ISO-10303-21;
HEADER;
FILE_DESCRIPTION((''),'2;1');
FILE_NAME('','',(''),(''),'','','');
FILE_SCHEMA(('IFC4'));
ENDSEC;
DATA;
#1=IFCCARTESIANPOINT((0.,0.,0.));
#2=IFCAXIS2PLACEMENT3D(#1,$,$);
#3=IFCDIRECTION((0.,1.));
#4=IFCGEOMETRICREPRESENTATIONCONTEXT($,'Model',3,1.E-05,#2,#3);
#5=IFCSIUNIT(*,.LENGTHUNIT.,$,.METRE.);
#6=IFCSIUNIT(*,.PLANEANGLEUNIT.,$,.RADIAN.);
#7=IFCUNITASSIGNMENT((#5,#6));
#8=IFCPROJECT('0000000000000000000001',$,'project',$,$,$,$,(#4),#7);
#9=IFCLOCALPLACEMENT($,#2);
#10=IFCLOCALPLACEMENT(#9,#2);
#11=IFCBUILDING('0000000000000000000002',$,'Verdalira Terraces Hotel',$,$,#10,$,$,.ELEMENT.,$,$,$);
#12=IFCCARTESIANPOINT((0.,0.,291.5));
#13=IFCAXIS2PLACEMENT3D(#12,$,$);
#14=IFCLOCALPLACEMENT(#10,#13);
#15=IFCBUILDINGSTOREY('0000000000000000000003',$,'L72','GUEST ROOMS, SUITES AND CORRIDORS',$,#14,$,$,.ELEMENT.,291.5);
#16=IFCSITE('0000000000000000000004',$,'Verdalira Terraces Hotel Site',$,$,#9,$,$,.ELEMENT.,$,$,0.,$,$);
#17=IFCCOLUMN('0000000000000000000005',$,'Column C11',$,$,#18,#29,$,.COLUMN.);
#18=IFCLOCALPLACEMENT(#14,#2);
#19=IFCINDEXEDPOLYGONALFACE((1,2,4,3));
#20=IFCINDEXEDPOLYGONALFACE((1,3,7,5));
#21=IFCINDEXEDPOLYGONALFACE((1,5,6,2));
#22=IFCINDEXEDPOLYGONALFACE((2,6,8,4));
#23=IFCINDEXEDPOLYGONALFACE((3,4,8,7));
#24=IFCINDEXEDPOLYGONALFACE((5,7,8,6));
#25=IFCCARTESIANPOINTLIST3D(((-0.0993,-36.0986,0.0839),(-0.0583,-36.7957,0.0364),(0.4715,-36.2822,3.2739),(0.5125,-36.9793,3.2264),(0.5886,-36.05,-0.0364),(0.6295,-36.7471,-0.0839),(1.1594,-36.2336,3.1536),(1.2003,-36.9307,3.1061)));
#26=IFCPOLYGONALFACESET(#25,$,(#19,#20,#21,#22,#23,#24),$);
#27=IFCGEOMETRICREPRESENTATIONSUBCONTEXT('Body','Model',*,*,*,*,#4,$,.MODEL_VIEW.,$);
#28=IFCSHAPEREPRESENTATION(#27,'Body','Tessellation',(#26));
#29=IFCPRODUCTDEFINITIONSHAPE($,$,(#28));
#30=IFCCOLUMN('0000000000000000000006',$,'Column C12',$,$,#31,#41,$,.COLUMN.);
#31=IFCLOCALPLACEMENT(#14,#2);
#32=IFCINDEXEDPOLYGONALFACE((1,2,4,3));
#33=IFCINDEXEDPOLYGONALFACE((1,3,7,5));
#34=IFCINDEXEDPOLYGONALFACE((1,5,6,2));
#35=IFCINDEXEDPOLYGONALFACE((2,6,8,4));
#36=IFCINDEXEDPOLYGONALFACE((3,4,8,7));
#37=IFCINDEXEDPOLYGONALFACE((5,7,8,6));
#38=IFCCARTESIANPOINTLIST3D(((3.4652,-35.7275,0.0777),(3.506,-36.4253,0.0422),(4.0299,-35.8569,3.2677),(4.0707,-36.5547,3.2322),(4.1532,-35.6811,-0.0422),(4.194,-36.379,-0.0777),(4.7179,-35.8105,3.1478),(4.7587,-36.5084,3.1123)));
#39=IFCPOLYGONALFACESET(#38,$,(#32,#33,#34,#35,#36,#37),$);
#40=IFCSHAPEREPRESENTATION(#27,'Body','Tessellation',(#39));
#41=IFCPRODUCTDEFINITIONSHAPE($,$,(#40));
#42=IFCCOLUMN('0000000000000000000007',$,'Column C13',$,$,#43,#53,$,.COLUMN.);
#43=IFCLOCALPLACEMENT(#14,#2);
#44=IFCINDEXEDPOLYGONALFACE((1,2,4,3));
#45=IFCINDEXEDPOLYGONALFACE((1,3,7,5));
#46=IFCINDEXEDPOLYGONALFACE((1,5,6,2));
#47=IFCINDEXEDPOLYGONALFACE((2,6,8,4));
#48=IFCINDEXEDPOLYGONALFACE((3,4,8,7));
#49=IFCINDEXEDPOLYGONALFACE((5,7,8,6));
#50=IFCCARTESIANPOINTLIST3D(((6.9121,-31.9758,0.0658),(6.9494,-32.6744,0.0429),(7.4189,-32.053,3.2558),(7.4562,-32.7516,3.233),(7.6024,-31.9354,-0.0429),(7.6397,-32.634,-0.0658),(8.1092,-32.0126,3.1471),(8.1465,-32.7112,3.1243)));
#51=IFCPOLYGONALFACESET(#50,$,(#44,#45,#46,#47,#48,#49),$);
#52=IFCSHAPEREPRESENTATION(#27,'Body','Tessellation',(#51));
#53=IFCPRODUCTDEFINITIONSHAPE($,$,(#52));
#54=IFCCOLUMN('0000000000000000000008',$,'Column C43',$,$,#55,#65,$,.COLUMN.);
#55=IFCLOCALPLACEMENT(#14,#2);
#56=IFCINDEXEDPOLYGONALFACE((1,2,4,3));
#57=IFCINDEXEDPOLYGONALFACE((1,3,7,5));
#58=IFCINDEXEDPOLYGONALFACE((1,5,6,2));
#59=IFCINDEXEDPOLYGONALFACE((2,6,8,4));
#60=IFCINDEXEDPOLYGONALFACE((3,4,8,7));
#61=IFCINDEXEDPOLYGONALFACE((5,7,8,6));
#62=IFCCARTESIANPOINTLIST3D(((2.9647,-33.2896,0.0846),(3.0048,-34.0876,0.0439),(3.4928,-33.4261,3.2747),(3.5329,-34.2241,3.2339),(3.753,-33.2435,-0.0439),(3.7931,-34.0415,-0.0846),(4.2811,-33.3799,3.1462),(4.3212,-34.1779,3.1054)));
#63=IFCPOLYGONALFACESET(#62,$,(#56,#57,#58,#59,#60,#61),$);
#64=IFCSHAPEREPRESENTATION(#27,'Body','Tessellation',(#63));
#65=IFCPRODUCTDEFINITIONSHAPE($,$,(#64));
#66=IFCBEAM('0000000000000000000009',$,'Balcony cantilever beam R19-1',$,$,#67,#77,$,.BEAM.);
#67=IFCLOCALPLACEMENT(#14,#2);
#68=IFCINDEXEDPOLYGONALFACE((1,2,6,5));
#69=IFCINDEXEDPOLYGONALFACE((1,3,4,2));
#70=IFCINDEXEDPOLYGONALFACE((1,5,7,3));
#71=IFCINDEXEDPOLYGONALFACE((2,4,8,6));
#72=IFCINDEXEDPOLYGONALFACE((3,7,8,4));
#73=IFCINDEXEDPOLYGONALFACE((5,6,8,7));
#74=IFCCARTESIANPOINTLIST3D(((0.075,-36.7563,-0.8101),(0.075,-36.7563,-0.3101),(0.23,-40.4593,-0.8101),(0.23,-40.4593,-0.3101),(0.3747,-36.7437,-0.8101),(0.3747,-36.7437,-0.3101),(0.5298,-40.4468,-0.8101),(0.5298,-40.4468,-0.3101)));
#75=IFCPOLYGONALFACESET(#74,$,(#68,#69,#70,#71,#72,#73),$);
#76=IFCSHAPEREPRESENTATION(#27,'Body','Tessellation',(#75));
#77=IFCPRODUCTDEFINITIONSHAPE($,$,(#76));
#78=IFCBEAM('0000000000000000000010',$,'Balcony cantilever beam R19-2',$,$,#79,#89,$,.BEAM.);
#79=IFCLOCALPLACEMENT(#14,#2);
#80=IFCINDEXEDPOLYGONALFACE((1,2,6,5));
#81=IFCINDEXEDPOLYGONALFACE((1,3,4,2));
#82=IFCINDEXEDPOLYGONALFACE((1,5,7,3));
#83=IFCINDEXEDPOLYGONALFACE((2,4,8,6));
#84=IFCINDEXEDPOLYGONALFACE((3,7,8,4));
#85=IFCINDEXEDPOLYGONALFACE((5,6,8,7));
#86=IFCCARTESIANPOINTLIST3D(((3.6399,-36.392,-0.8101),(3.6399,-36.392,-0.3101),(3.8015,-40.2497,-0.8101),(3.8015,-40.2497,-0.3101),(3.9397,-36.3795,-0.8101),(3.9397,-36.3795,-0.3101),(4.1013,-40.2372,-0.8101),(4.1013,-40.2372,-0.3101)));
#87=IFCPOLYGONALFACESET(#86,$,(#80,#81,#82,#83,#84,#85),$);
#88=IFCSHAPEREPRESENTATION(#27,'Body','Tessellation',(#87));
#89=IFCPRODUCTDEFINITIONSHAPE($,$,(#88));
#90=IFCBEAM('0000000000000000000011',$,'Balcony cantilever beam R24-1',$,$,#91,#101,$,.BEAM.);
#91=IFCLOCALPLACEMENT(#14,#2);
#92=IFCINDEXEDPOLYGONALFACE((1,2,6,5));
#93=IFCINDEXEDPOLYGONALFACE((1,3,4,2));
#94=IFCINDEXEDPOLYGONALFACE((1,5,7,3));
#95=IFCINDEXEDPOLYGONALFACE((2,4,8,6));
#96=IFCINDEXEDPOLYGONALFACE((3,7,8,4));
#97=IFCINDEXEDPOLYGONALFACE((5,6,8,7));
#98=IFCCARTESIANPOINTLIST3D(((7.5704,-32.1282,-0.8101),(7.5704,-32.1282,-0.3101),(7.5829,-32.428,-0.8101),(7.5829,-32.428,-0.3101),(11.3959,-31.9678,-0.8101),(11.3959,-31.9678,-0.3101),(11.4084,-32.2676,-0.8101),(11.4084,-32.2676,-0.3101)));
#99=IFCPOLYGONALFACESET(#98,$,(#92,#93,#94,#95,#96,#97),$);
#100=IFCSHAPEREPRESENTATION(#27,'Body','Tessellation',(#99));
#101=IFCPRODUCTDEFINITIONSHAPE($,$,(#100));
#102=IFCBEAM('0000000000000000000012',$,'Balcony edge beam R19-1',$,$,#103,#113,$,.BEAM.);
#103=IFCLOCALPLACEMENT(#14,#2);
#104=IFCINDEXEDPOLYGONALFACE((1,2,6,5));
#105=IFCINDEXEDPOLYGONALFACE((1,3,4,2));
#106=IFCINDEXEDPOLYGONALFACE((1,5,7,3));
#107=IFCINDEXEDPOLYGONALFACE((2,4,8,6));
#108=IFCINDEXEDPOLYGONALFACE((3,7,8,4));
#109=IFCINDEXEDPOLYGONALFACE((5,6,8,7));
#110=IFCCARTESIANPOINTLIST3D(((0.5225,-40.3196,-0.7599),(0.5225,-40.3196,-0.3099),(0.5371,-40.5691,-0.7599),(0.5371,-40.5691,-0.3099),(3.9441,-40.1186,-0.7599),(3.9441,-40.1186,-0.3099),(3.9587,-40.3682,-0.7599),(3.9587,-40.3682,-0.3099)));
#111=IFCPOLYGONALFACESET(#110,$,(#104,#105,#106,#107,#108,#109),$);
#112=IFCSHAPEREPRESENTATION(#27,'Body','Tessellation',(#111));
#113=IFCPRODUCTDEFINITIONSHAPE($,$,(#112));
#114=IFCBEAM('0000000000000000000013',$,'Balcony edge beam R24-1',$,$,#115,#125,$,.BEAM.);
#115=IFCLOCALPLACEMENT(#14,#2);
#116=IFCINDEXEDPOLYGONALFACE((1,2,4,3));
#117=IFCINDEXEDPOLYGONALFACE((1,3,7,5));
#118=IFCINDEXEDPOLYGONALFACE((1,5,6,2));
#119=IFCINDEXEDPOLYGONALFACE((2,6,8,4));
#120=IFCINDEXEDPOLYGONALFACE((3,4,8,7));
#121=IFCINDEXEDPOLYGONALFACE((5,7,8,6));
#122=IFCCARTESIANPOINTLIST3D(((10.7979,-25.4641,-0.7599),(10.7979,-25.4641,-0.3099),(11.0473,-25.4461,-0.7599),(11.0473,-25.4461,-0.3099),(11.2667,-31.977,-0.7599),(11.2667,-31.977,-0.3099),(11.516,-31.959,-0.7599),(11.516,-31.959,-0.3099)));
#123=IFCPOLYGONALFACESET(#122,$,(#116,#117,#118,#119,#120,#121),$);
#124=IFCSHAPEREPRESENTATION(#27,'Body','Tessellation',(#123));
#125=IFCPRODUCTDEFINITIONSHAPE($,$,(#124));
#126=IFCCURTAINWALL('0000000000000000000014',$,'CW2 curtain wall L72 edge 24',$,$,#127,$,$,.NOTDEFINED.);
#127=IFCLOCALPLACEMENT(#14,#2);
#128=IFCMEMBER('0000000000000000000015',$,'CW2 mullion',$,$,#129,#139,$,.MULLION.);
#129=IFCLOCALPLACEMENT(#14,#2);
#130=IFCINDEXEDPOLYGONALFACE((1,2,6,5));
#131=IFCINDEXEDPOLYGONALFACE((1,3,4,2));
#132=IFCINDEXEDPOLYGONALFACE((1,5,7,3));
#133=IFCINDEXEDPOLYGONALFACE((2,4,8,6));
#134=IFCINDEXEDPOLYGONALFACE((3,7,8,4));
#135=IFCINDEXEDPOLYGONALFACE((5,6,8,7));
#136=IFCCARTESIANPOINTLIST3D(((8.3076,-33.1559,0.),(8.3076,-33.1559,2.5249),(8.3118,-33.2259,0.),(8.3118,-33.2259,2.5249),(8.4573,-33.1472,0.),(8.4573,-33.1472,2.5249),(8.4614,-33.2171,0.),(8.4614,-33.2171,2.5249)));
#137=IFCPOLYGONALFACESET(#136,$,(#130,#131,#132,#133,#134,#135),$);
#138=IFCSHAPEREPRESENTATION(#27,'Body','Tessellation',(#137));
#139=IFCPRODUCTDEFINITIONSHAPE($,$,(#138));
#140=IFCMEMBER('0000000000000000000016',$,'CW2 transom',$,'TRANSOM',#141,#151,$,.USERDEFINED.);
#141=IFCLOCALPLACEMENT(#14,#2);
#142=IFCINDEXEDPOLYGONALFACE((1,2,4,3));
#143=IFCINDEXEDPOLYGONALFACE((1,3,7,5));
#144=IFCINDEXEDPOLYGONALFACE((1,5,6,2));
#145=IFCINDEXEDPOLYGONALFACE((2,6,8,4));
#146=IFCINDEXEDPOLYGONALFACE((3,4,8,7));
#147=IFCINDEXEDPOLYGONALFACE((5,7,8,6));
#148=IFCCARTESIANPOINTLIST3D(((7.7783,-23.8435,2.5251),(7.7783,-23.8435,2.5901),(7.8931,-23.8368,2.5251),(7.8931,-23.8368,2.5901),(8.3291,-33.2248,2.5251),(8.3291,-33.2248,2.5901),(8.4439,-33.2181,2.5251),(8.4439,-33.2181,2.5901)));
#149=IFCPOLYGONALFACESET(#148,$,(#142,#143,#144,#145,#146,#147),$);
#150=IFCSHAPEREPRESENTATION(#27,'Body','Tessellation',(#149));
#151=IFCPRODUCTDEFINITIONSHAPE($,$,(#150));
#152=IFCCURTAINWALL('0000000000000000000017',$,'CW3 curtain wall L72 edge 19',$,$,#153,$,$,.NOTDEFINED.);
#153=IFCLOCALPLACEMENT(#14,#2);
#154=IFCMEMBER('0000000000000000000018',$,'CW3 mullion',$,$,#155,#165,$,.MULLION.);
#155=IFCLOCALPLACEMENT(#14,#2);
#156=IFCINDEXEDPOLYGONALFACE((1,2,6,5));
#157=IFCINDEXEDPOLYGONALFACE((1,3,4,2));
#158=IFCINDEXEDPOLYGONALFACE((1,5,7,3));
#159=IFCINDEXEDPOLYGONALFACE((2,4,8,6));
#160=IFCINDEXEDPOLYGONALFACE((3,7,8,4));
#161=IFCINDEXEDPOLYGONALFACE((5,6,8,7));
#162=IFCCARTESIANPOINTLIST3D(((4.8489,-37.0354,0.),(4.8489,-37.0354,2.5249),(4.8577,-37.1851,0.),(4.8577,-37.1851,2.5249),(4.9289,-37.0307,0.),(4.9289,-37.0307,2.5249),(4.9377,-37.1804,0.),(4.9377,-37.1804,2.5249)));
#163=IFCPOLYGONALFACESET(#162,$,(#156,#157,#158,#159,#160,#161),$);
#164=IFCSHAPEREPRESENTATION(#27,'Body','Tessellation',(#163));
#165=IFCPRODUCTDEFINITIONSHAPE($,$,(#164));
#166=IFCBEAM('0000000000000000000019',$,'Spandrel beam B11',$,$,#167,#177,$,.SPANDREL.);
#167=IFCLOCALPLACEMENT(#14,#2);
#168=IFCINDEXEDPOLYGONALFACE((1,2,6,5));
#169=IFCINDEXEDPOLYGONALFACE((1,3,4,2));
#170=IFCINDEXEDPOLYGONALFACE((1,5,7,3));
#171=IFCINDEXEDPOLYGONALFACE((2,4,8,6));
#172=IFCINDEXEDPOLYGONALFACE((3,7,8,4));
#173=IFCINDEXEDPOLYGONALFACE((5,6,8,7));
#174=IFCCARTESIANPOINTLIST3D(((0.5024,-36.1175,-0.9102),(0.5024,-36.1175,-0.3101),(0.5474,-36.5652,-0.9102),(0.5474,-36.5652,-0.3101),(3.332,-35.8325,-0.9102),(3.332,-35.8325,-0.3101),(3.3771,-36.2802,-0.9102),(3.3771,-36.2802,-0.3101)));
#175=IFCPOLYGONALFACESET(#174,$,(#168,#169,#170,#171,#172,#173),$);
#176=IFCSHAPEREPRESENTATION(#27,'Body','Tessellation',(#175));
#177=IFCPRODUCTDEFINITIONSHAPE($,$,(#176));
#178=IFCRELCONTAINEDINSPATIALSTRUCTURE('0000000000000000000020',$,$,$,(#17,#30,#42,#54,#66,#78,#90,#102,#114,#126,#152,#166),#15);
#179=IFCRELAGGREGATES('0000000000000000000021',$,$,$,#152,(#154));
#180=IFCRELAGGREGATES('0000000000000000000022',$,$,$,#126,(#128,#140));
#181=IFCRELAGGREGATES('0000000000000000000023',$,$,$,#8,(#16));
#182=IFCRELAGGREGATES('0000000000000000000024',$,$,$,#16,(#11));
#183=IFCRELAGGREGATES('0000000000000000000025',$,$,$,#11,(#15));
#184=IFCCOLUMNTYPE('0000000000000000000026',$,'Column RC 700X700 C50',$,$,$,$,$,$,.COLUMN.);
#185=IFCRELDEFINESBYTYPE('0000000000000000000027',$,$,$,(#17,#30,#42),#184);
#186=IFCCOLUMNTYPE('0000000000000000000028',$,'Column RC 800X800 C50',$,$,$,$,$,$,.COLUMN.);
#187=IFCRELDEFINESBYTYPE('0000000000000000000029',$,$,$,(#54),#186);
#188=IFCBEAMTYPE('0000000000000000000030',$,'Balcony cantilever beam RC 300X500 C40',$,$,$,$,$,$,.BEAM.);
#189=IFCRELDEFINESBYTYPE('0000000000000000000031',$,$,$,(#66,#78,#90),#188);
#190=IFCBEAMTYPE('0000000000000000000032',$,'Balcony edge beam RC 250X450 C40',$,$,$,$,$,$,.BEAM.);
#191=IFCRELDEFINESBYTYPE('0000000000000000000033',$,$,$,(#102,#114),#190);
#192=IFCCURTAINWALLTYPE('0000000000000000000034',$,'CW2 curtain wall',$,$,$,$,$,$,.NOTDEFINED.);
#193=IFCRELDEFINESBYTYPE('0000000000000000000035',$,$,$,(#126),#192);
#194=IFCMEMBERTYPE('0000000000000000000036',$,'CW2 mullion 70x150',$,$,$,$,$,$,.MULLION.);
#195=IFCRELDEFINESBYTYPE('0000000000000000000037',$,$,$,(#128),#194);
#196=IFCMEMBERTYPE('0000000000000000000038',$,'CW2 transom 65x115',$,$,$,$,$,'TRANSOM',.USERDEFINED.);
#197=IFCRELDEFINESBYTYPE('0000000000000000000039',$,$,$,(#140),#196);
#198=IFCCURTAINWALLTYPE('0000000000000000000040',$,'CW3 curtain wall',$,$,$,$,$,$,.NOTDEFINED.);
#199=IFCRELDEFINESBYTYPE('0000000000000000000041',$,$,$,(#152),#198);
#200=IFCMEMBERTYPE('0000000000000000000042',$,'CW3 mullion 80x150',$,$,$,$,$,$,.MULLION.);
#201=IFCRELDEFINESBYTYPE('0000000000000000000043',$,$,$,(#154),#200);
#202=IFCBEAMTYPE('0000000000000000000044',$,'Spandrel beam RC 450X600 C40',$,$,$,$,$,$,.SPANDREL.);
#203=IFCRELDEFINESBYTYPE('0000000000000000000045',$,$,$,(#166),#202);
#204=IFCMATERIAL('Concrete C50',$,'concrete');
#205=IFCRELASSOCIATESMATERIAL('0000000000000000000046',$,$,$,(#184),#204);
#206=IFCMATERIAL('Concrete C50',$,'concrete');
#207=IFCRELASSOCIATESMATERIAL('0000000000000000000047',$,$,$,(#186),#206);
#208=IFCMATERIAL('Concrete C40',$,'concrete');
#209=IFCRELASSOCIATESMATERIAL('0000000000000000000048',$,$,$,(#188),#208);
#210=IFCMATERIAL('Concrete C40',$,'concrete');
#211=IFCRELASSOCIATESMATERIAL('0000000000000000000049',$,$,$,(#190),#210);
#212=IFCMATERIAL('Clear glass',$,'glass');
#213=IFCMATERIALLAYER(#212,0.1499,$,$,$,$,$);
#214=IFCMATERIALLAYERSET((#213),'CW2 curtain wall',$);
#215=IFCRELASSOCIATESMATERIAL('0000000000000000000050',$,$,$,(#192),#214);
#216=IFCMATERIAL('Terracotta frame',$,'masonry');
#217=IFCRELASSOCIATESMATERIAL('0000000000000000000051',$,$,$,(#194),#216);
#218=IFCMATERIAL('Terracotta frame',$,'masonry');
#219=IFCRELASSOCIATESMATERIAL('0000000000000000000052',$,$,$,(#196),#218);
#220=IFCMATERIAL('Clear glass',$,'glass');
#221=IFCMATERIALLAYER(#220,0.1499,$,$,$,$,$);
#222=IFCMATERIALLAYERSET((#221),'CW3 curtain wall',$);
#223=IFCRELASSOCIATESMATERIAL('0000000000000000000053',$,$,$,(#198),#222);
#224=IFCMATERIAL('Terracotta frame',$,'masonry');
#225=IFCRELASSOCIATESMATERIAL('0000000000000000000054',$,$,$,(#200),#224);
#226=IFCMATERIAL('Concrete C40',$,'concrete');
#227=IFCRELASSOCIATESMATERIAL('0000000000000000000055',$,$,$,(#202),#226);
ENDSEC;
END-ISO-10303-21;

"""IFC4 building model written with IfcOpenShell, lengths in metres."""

from ifc_helpers import new_model, si_unit, direction, frame, origin, origin_2d, place, context, subcontext, project, spatial, rectangle, extrude, material, layer, layer_set, material_profile, profile_set, type_object, element, aggregate, save


model = new_model("IFC4")

# Units and contexts
model_context = context("Model", 3, precision=1e-05, world=origin(), true_north=direction((0.0, 1.0)))
body_context = subcontext(model_context, "Body", "Model", "MODEL_VIEW")
ifc_project = project(units=[si_unit("LENGTHUNIT", "METRE"), si_unit("PLANEANGLEUNIT", "RADIAN")], contexts=[model_context])

# Site, building, storey
site_placement = place(None, origin())
site = spatial("IfcSite", under=ifc_project, at=site_placement, Name="Verdalira Terraces Hotel Site", CompositionType="ELEMENT", RefElevation=0.0)
building_placement = place(site_placement, origin())
building = spatial("IfcBuilding", under=site, at=building_placement, Name="Verdalira Terraces Hotel", CompositionType="ELEMENT")
storey_placement = place(building_placement, frame((0.0, 0.0, 291.5)))
storey = spatial("IfcBuildingStorey", under=building, at=storey_placement, Name="L72", Description="GUEST ROOMS, SUITES AND CORRIDORS", CompositionType="ELEMENT", Elevation=291.5)

# Columns
ifc_material_1 = material(Name="Concrete C50", Category="concrete")
ifc_material_profile_1 = material_profile(ifc_material_1, rectangle(XDim=0.7, YDim=0.7, at=origin_2d()), Name="RC 700X700")
ifc_profile_set_1 = profile_set([ifc_material_profile_1], Name="Concrete C50")
column_type_1 = type_object("IfcColumnType", Name="Column RC 700X700 C50", PredefinedType="COLUMN", material=ifc_profile_set_1)
column_1_placement = place(storey_placement, frame((0.2651, -36.4229, 0.0), z_axis=(0.175858, -0.056563, 0.982789), x_axis=(0.982674, 0.069452, -0.17184)))
element("IfcColumn", 1, at=column_1_placement, inside=storey, type_object=column_type_1, Name="Column C11", PredefinedType="COLUMN", context=body_context, shape_type="SweptSolid", body=[
    extrude(rectangle(XDim=0.7, YDim=0.7, at=origin_2d()), origin(), (0.0, 0.0, 1.0), 3.2458),
])
column_2_placement = place(storey_placement, frame((3.8296, -36.0532, 0.0), z_axis=(0.174175, -0.03991, 0.983906), x_axis=(0.982989, 0.066174, -0.171329)))
element("IfcColumn", 2, at=column_2_placement, inside=storey, type_object=column_type_1, Name="Column C12", PredefinedType="COLUMN", context=body_context, shape_type="SweptSolid", body=[
    extrude(rectangle(XDim=0.7, YDim=0.7, at=origin_2d()), origin(), (0.0, 0.0, 1.0), 3.2422),
])
column_3_placement = place(storey_placement, frame((7.2759, -32.3049, 0.0), z_axis=(0.156873, -0.023878, 0.98733), x_axis=(-0.053285, 0.998047, 0.032604)))
element("IfcColumn", 3, at=column_3_placement, inside=storey, type_object=column_type_1, Name="Column C13", PredefinedType="COLUMN", context=body_context, shape_type="SweptSolid", body=[
    extrude(rectangle(XDim=0.7, YDim=0.7, at=origin_2d()), origin(), (0.0, 0.0, 1.0), 3.231),
])
ifc_material_2 = material(Name="Concrete C50", Category="concrete")
ifc_material_profile_2 = material_profile(ifc_material_2, rectangle(XDim=0.8, YDim=0.8, at=origin_2d()), Name="RC 800X800")
ifc_profile_set_2 = profile_set([ifc_material_profile_2], Name="Concrete C50")
column_type_2 = type_object("IfcColumnType", Name="Column RC 800X800 C50", PredefinedType="COLUMN", material=ifc_profile_set_2)
column_4_placement = place(storey_placement, frame((3.3789, -33.6655, 0.0), z_axis=(0.163176, -0.042171, 0.985695), x_axis=(0.050072, -0.997445, -0.050963)))
element("IfcColumn", 4, at=column_4_placement, inside=storey, type_object=column_type_2, Name="Column C43", PredefinedType="COLUMN", context=body_context, shape_type="SweptSolid", body=[
    extrude(rectangle(XDim=0.8, YDim=0.8, at=origin_2d()), origin(), (0.0, 0.0, 1.0), 3.2363),
])

# Beams
ifc_material_3 = material(Name="Concrete C40", Category="concrete")
ifc_material_profile_3 = material_profile(ifc_material_3, rectangle(XDim=0.3, YDim=0.5, at=origin_2d()), Name="RC 300X500")
ifc_profile_set_3 = profile_set([ifc_material_profile_3], Name="Concrete C40")
beam_type_1 = type_object("IfcBeamType", Name="Balcony cantilever beam RC 300X500 C40", PredefinedType="BEAM", material=ifc_profile_set_3)
beam_1_placement = place(storey_placement, frame((0.2249, -36.75, -0.5601), z_axis=(0.041828, -0.999125, 0.0), x_axis=(0.999125, 0.041828, 0.0)))
element("IfcBeam", 5, at=beam_1_placement, inside=storey, type_object=beam_type_1, Name="Balcony cantilever beam R19-1", PredefinedType="BEAM", context=body_context, shape_type="SweptSolid", body=[
    extrude(rectangle(XDim=0.3, YDim=0.5, at=origin_2d()), origin(), (0.0, 0.0, 1.0), 3.7063),
])
beam_2_placement = place(storey_placement, frame((3.7898, -36.3857, -0.5601), z_axis=(0.041859, -0.999124, 0.0), x_axis=(0.999124, 0.041859, 0.0)))
element("IfcBeam", 6, at=beam_2_placement, inside=storey, type_object=beam_type_1, Name="Balcony cantilever beam R19-2", PredefinedType="BEAM", context=body_context, shape_type="SweptSolid", body=[
    extrude(rectangle(XDim=0.3, YDim=0.5, at=origin_2d()), origin(), (0.0, 0.0, 1.0), 3.8611),
])
beam_3_placement = place(storey_placement, frame((7.5767, -32.2781, -0.5601), z_axis=(0.999122, 0.041893, 0.0), x_axis=(-0.041893, 0.999122, 0.0)))
element("IfcBeam", 7, at=beam_3_placement, inside=storey, type_object=beam_type_1, Name="Balcony cantilever beam R24-1", PredefinedType="BEAM", context=body_context, shape_type="SweptSolid", body=[
    extrude(rectangle(XDim=0.3, YDim=0.5, at=origin_2d()), origin(), (0.0, 0.0, 1.0), 3.8289),
])
ifc_material_4 = material(Name="Concrete C40", Category="concrete")
ifc_material_profile_4 = material_profile(ifc_material_4, rectangle(XDim=0.25, YDim=0.45, at=origin_2d()), Name="RC 250X450")
ifc_profile_set_4 = profile_set([ifc_material_profile_4], Name="Concrete C40")
beam_type_2 = type_object("IfcBeamType", Name="Balcony edge beam RC 250X450 C40", PredefinedType="BEAM", material=ifc_profile_set_4)
beam_4_placement = place(storey_placement, frame((0.5298, -40.4443, -0.5349), z_axis=(0.99828, 0.058622, 0.0), x_axis=(-0.058622, 0.99828, 0.0)))
element("IfcBeam", 8, at=beam_4_placement, inside=storey, type_object=beam_type_2, Name="Balcony edge beam R19-1", PredefinedType="BEAM", context=body_context, shape_type="SweptSolid", body=[
    extrude(rectangle(XDim=0.25, YDim=0.45, at=origin_2d()), origin(), (0.0, 0.0, 1.0), 3.4275),
])
beam_5_placement = place(storey_placement, frame((11.3914, -31.968, -0.5349), z_axis=(-0.071786, 0.99742, 0.0), x_axis=(-0.99742, -0.071786, 0.0)))
element("IfcBeam", 9, at=beam_5_placement, inside=storey, type_object=beam_type_2, Name="Balcony edge beam R24-1", PredefinedType="BEAM", context=body_context, shape_type="SweptSolid", body=[
    extrude(rectangle(XDim=0.25, YDim=0.45, at=origin_2d()), origin(), (0.0, 0.0, 1.0), 6.5298),
])

# Curtain wall, members
ifc_material_5 = material(Name="Clear glass", Category="glass")
ifc_layer_1 = layer(ifc_material_5, 0.1499)
ifc_layer_set_1 = layer_set([ifc_layer_1], Name="CW2 curtain wall")
curtain_wall_type_1 = type_object("IfcCurtainWallType", Name="CW2 curtain wall", PredefinedType="NOTDEFINED", material=ifc_layer_set_1)
curtain_wall_1_placement = place(storey_placement, origin())
curtain_wall_1 = element("IfcCurtainWall", 10, at=curtain_wall_1_placement, inside=storey, type_object=curtain_wall_type_1, Name="CW2 curtain wall L72 edge 24", PredefinedType="NOTDEFINED")
ifc_material_6 = material(Name="Terracotta frame", Category="masonry")
ifc_material_profile_5 = material_profile(ifc_material_6, rectangle(XDim=0.0701, YDim=0.1499, at=origin_2d()), Name="MU 70x150")
ifc_profile_set_5 = profile_set([ifc_material_profile_5], Name="Terracotta frame")
member_type_1 = type_object("IfcMemberType", Name="CW2 mullion 70x150", PredefinedType="MULLION", material=ifc_profile_set_5)
member_1_placement = place(storey_placement, frame((8.3845, -33.1865, 0.0), z_axis=(0.0, 0.0, 1.0), x_axis=(-0.058609, 0.998281, 0.0)))
member_1 = element("IfcMember", 11, at=member_1_placement, type_object=member_type_1, Name="CW2 mullion", PredefinedType="MULLION", context=body_context, shape_type="SweptSolid", body=[
    extrude(rectangle(XDim=0.0701, YDim=0.1499, at=origin_2d()), origin(), (0.0, 0.0, 1.0), 2.5249),
])
ifc_material_7 = material(Name="Terracotta frame", Category="masonry")
ifc_material_profile_6 = material_profile(ifc_material_7, rectangle(XDim=0.115, YDim=0.0649, at=origin_2d()), Name="TR 65x115")
ifc_profile_set_6 = profile_set([ifc_material_profile_6], Name="Terracotta frame")
member_type_2 = type_object("IfcMemberType", Name="CW2 transom 65x115", ElementType="TRANSOM", PredefinedType="USERDEFINED", material=ifc_profile_set_6)
member_2_placement = place(storey_placement, frame((8.3865, -33.2214, 2.5576), z_axis=(-0.058609, 0.998281, 0.0), x_axis=(-0.998281, -0.058609, 0.0)))
member_2 = element("IfcMember", 12, at=member_2_placement, type_object=member_type_2, Name="CW2 transom", ObjectType="TRANSOM", PredefinedType="USERDEFINED", context=body_context, shape_type="SweptSolid", body=[
    extrude(rectangle(XDim=0.115, YDim=0.0649, at=origin_2d()), origin(), (0.0, 0.0, 1.0), 9.3975),
])

# Curtain wall, member
ifc_material_8 = material(Name="Clear glass", Category="glass")
ifc_layer_2 = layer(ifc_material_8, 0.1499)
ifc_layer_set_2 = layer_set([ifc_layer_2], Name="CW3 curtain wall")
curtain_wall_type_2 = type_object("IfcCurtainWallType", Name="CW3 curtain wall", PredefinedType="NOTDEFINED", material=ifc_layer_set_2)
curtain_wall_2_placement = place(storey_placement, origin())
curtain_wall_2 = element("IfcCurtainWall", 13, at=curtain_wall_2_placement, inside=storey, type_object=curtain_wall_type_2, Name="CW3 curtain wall L72 edge 19", PredefinedType="NOTDEFINED")
ifc_material_9 = material(Name="Terracotta frame", Category="masonry")
ifc_material_profile_7 = material_profile(ifc_material_9, rectangle(XDim=0.0801, YDim=0.1499, at=origin_2d()), Name="MU 80x150")
ifc_profile_set_7 = profile_set([ifc_material_profile_7], Name="Terracotta frame")
member_type_3 = type_object("IfcMemberType", Name="CW3 mullion 80x150", PredefinedType="MULLION", material=ifc_profile_set_7)
member_3_placement = place(storey_placement, frame((4.8933, -37.1079, 0.0), z_axis=(0.0, 0.0, 1.0), x_axis=(0.998281, 0.058609, 0.0)))
member_3 = element("IfcMember", 14, at=member_3_placement, type_object=member_type_3, Name="CW3 mullion", PredefinedType="MULLION", context=body_context, shape_type="SweptSolid", body=[
    extrude(rectangle(XDim=0.0801, YDim=0.1499, at=origin_2d()), origin(), (0.0, 0.0, 1.0), 2.5249),
])
aggregate(curtain_wall_2, [member_3])

# Beam
ifc_material_10 = material(Name="Concrete C40", Category="concrete")
ifc_material_profile_8 = material_profile(ifc_material_10, rectangle(XDim=0.45, YDim=0.6001, at=origin_2d()), Name="RC 450X600")
ifc_profile_set_8 = profile_set([ifc_material_profile_8], Name="Concrete C40")
beam_type_3 = type_object("IfcBeamType", Name="Spandrel beam RC 450X600 C40", PredefinedType="SPANDREL", material=ifc_profile_set_8)
beam_6_placement = place(storey_placement, frame((0.5249, -36.3413, -0.6101), z_axis=(0.994969, 0.100184, 0.0), x_axis=(-0.100184, 0.994969, 0.0)))
element("IfcBeam", 15, at=beam_6_placement, inside=storey, type_object=beam_type_3, Name="Spandrel beam B11", PredefinedType="SPANDREL", context=body_context, shape_type="SweptSolid", body=[
    extrude(rectangle(XDim=0.45, YDim=0.6001, at=origin_2d()), origin(), (0.0, 0.0, 1.0), 2.844),
])

aggregate(curtain_wall_1, [member_1, member_2])

save(model, "model.ifc")
